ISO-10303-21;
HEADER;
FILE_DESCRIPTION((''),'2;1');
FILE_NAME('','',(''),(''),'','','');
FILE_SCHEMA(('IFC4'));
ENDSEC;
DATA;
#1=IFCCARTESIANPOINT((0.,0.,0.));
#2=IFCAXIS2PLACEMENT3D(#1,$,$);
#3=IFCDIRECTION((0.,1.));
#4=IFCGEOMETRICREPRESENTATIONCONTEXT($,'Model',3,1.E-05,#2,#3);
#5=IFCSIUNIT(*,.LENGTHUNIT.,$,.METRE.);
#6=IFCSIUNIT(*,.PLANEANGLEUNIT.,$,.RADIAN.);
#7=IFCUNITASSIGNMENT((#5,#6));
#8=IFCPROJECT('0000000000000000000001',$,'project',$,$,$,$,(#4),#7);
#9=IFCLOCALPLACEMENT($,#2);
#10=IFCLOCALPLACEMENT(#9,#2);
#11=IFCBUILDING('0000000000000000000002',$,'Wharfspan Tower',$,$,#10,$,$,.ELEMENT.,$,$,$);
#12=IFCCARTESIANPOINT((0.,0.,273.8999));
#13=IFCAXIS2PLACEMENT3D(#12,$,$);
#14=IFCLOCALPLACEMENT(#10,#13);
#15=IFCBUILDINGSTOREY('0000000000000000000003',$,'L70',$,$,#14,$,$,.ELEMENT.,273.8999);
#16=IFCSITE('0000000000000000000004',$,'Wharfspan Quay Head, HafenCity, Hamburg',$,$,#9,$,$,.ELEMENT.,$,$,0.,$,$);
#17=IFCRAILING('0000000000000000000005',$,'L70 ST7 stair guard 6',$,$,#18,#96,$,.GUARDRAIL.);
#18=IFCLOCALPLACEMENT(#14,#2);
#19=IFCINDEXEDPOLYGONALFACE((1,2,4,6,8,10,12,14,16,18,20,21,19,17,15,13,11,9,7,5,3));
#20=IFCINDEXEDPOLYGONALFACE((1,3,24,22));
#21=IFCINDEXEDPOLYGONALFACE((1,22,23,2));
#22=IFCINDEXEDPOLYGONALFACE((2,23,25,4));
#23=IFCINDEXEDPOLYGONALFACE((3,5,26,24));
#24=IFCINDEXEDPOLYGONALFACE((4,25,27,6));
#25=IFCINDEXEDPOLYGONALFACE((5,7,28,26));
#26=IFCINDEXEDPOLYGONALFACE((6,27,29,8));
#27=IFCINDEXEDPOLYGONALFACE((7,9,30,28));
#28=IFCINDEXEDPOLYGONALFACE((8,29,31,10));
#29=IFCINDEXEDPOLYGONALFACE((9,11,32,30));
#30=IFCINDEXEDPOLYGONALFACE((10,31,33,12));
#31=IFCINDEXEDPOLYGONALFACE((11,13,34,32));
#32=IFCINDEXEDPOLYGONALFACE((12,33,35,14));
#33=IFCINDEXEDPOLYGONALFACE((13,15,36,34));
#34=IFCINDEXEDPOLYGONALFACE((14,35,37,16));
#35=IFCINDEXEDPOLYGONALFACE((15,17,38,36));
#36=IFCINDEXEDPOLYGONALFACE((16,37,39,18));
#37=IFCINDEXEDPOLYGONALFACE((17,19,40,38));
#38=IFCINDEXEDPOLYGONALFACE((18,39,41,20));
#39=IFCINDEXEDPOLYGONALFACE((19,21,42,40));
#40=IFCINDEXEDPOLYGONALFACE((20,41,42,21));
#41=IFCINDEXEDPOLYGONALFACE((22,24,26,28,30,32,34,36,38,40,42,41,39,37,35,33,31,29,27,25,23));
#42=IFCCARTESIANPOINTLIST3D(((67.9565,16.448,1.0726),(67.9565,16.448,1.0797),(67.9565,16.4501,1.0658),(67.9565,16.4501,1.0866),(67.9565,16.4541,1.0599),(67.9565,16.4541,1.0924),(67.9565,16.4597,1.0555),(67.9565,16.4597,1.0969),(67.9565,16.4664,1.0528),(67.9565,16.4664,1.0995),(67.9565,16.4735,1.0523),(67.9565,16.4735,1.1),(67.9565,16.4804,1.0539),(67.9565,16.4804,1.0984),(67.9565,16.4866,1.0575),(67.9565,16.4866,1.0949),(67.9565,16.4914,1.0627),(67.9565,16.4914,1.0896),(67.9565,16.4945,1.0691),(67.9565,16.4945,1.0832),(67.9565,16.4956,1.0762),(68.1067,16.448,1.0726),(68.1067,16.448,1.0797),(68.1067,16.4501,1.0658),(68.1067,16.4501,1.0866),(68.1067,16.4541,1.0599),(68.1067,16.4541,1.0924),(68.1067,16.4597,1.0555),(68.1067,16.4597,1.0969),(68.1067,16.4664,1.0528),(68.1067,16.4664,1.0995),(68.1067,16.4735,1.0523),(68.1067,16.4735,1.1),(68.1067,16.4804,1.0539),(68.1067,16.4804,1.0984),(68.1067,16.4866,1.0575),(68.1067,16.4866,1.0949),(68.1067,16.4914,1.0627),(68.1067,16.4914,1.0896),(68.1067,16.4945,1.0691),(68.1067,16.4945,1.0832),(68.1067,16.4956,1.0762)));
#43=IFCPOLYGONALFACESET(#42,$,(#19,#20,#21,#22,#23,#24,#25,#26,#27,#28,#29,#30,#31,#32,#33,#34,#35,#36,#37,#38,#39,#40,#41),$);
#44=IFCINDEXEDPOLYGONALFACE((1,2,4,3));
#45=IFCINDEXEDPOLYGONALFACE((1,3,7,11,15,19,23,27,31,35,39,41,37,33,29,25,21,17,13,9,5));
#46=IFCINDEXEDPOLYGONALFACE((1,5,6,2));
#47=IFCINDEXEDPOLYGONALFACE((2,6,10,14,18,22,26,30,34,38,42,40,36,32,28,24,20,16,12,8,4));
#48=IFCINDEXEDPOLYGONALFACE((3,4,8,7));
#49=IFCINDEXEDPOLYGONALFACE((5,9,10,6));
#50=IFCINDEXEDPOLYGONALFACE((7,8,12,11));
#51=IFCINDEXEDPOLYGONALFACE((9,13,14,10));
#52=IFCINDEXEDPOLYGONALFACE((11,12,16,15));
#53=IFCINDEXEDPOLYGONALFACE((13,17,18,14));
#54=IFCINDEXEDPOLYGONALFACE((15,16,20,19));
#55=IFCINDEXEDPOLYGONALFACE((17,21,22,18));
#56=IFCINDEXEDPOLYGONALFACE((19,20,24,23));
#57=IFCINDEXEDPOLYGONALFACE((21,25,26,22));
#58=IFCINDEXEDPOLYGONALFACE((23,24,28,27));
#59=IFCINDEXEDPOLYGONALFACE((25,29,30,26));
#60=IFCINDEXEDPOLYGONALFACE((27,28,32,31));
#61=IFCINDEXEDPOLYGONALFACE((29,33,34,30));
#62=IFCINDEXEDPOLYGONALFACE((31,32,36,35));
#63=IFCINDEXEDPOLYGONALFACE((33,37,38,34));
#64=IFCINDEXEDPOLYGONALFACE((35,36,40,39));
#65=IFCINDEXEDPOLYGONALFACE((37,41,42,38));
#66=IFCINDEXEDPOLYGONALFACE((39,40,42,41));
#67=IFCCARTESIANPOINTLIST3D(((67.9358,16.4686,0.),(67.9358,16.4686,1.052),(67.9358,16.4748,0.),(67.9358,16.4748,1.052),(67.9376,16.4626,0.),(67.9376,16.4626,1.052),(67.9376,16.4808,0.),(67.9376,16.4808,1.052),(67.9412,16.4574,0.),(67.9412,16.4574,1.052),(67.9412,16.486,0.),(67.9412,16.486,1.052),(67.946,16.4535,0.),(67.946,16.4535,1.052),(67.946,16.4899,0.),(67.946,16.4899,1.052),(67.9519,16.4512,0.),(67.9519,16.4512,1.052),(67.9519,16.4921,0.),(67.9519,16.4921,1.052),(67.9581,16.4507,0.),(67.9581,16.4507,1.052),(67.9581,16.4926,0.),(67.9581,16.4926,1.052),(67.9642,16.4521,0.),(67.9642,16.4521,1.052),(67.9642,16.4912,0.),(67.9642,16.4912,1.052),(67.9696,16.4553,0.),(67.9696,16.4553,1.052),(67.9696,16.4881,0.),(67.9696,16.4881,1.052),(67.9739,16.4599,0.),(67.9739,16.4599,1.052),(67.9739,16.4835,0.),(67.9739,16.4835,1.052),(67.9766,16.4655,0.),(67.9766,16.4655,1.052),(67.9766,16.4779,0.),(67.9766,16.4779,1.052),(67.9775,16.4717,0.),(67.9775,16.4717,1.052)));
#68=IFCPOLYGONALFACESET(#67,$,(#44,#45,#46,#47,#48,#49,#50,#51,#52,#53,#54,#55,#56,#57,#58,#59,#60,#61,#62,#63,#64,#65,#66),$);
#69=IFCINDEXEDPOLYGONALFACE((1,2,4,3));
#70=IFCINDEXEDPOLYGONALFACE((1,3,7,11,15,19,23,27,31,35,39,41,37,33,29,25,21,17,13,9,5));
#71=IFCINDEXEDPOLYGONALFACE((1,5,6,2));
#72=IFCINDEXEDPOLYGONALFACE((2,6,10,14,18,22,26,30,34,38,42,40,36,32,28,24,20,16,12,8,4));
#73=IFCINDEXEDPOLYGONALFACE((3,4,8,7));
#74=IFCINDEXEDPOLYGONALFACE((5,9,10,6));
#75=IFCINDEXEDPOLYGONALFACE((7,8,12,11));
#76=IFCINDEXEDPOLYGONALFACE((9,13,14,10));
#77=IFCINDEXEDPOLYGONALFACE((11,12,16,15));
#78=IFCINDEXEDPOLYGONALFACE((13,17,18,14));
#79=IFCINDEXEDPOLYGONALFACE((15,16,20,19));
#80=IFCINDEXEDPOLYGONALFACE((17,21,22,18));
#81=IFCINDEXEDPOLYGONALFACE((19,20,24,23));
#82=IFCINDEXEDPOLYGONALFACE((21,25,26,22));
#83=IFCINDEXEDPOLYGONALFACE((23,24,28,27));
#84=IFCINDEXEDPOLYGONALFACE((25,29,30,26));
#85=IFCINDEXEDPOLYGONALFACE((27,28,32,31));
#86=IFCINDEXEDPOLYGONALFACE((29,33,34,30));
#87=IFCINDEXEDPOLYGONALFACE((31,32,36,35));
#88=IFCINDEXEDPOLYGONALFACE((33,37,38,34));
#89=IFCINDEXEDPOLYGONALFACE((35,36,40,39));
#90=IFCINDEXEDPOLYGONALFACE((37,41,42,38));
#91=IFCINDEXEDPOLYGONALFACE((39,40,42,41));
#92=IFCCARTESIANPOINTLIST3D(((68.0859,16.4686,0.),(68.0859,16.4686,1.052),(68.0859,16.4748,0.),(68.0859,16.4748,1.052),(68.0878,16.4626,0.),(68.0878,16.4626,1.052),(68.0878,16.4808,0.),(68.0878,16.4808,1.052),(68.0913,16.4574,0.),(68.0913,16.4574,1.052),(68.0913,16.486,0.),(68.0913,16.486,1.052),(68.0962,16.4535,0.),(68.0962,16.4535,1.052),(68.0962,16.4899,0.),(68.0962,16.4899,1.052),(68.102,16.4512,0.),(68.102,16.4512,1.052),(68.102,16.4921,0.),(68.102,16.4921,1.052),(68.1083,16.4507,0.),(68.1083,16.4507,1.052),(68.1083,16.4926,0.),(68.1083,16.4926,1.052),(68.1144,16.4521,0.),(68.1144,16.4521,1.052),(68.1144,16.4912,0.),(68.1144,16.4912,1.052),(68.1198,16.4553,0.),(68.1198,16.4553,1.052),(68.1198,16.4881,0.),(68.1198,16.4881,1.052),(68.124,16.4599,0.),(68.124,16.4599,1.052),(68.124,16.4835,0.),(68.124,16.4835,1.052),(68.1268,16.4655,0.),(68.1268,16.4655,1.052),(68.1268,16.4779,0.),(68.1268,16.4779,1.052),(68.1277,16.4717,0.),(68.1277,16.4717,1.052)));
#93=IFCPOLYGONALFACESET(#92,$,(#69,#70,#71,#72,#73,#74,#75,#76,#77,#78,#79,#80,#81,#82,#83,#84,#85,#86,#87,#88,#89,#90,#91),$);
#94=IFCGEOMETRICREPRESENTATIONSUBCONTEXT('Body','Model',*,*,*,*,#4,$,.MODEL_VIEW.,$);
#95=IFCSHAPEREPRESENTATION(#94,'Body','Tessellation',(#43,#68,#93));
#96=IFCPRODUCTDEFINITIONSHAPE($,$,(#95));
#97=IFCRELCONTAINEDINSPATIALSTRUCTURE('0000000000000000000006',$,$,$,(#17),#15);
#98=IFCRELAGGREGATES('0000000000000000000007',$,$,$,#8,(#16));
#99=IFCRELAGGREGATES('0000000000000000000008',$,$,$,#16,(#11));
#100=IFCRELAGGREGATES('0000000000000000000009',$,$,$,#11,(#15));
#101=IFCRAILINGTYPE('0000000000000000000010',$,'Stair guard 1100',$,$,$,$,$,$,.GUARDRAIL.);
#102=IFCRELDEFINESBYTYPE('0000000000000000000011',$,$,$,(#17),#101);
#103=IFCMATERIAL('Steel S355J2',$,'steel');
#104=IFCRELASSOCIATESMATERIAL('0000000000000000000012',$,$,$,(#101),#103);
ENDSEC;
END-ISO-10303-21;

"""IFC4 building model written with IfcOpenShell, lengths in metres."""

from ifc_helpers import new_model, si_unit, direction, frame, origin, origin_2d, place, context, subcontext, project, spatial, circle, extrude, material, type_object, element, save


model = new_model("IFC4")

# Units and contexts
model_context = context("Model", 3, precision=1e-05, world=origin(), true_north=direction((0.0, 1.0)))
body_context = subcontext(model_context, "Body", "Model", "MODEL_VIEW")
ifc_project = project(units=[si_unit("LENGTHUNIT", "METRE"), si_unit("PLANEANGLEUNIT", "RADIAN")], contexts=[model_context])

# Site, building, storey
site_placement = place(None, origin())
site = spatial("IfcSite", under=ifc_project, at=site_placement, Name="Wharfspan Quay Head, HafenCity, Hamburg", CompositionType="ELEMENT", RefElevation=0.0)
building_placement = place(site_placement, origin())
building = spatial("IfcBuilding", under=site, at=building_placement, Name="Wharfspan Tower", CompositionType="ELEMENT")
storey_placement = place(building_placement, frame((0.0, 0.0, 273.8999)))
storey = spatial("IfcBuildingStorey", under=building, at=storey_placement, Name="L70", CompositionType="ELEMENT", Elevation=273.8999)

# Shared definitions
ifc_material_1 = material(Name="Steel S355J2", Category="steel")

# Railing
railing_type_1 = type_object("IfcRailingType", Name="Stair guard 1100", PredefinedType="GUARDRAIL", material=ifc_material_1)
railing_1_placement = place(storey_placement, frame((67.9565, 16.4717, 0.0)))
element("IfcRailing", 1, at=railing_1_placement, inside=storey, type_object=railing_type_1, Name="L70 ST7 stair guard 6", PredefinedType="GUARDRAIL", context=body_context, shape_type="SweptSolid", body=[
    extrude(circle(Radius=0.0239, at=origin_2d()), frame((0.0, 0.0, 1.0762), z_axis=(1.0, 0.0, 0.0), x_axis=(0.0, 1.0, 0.0)), (0.0, 0.0, 1.0), 0.1501),
    extrude(circle(Radius=0.021, at=origin_2d()), origin(), (0.0, 0.0, 1.0), 1.052),
    extrude(circle(Radius=0.021, at=origin_2d()), frame((0.1501, 0.0, 0.0)), (0.0, 0.0, 1.0), 1.052),
])

save(model, "model.ifc")
